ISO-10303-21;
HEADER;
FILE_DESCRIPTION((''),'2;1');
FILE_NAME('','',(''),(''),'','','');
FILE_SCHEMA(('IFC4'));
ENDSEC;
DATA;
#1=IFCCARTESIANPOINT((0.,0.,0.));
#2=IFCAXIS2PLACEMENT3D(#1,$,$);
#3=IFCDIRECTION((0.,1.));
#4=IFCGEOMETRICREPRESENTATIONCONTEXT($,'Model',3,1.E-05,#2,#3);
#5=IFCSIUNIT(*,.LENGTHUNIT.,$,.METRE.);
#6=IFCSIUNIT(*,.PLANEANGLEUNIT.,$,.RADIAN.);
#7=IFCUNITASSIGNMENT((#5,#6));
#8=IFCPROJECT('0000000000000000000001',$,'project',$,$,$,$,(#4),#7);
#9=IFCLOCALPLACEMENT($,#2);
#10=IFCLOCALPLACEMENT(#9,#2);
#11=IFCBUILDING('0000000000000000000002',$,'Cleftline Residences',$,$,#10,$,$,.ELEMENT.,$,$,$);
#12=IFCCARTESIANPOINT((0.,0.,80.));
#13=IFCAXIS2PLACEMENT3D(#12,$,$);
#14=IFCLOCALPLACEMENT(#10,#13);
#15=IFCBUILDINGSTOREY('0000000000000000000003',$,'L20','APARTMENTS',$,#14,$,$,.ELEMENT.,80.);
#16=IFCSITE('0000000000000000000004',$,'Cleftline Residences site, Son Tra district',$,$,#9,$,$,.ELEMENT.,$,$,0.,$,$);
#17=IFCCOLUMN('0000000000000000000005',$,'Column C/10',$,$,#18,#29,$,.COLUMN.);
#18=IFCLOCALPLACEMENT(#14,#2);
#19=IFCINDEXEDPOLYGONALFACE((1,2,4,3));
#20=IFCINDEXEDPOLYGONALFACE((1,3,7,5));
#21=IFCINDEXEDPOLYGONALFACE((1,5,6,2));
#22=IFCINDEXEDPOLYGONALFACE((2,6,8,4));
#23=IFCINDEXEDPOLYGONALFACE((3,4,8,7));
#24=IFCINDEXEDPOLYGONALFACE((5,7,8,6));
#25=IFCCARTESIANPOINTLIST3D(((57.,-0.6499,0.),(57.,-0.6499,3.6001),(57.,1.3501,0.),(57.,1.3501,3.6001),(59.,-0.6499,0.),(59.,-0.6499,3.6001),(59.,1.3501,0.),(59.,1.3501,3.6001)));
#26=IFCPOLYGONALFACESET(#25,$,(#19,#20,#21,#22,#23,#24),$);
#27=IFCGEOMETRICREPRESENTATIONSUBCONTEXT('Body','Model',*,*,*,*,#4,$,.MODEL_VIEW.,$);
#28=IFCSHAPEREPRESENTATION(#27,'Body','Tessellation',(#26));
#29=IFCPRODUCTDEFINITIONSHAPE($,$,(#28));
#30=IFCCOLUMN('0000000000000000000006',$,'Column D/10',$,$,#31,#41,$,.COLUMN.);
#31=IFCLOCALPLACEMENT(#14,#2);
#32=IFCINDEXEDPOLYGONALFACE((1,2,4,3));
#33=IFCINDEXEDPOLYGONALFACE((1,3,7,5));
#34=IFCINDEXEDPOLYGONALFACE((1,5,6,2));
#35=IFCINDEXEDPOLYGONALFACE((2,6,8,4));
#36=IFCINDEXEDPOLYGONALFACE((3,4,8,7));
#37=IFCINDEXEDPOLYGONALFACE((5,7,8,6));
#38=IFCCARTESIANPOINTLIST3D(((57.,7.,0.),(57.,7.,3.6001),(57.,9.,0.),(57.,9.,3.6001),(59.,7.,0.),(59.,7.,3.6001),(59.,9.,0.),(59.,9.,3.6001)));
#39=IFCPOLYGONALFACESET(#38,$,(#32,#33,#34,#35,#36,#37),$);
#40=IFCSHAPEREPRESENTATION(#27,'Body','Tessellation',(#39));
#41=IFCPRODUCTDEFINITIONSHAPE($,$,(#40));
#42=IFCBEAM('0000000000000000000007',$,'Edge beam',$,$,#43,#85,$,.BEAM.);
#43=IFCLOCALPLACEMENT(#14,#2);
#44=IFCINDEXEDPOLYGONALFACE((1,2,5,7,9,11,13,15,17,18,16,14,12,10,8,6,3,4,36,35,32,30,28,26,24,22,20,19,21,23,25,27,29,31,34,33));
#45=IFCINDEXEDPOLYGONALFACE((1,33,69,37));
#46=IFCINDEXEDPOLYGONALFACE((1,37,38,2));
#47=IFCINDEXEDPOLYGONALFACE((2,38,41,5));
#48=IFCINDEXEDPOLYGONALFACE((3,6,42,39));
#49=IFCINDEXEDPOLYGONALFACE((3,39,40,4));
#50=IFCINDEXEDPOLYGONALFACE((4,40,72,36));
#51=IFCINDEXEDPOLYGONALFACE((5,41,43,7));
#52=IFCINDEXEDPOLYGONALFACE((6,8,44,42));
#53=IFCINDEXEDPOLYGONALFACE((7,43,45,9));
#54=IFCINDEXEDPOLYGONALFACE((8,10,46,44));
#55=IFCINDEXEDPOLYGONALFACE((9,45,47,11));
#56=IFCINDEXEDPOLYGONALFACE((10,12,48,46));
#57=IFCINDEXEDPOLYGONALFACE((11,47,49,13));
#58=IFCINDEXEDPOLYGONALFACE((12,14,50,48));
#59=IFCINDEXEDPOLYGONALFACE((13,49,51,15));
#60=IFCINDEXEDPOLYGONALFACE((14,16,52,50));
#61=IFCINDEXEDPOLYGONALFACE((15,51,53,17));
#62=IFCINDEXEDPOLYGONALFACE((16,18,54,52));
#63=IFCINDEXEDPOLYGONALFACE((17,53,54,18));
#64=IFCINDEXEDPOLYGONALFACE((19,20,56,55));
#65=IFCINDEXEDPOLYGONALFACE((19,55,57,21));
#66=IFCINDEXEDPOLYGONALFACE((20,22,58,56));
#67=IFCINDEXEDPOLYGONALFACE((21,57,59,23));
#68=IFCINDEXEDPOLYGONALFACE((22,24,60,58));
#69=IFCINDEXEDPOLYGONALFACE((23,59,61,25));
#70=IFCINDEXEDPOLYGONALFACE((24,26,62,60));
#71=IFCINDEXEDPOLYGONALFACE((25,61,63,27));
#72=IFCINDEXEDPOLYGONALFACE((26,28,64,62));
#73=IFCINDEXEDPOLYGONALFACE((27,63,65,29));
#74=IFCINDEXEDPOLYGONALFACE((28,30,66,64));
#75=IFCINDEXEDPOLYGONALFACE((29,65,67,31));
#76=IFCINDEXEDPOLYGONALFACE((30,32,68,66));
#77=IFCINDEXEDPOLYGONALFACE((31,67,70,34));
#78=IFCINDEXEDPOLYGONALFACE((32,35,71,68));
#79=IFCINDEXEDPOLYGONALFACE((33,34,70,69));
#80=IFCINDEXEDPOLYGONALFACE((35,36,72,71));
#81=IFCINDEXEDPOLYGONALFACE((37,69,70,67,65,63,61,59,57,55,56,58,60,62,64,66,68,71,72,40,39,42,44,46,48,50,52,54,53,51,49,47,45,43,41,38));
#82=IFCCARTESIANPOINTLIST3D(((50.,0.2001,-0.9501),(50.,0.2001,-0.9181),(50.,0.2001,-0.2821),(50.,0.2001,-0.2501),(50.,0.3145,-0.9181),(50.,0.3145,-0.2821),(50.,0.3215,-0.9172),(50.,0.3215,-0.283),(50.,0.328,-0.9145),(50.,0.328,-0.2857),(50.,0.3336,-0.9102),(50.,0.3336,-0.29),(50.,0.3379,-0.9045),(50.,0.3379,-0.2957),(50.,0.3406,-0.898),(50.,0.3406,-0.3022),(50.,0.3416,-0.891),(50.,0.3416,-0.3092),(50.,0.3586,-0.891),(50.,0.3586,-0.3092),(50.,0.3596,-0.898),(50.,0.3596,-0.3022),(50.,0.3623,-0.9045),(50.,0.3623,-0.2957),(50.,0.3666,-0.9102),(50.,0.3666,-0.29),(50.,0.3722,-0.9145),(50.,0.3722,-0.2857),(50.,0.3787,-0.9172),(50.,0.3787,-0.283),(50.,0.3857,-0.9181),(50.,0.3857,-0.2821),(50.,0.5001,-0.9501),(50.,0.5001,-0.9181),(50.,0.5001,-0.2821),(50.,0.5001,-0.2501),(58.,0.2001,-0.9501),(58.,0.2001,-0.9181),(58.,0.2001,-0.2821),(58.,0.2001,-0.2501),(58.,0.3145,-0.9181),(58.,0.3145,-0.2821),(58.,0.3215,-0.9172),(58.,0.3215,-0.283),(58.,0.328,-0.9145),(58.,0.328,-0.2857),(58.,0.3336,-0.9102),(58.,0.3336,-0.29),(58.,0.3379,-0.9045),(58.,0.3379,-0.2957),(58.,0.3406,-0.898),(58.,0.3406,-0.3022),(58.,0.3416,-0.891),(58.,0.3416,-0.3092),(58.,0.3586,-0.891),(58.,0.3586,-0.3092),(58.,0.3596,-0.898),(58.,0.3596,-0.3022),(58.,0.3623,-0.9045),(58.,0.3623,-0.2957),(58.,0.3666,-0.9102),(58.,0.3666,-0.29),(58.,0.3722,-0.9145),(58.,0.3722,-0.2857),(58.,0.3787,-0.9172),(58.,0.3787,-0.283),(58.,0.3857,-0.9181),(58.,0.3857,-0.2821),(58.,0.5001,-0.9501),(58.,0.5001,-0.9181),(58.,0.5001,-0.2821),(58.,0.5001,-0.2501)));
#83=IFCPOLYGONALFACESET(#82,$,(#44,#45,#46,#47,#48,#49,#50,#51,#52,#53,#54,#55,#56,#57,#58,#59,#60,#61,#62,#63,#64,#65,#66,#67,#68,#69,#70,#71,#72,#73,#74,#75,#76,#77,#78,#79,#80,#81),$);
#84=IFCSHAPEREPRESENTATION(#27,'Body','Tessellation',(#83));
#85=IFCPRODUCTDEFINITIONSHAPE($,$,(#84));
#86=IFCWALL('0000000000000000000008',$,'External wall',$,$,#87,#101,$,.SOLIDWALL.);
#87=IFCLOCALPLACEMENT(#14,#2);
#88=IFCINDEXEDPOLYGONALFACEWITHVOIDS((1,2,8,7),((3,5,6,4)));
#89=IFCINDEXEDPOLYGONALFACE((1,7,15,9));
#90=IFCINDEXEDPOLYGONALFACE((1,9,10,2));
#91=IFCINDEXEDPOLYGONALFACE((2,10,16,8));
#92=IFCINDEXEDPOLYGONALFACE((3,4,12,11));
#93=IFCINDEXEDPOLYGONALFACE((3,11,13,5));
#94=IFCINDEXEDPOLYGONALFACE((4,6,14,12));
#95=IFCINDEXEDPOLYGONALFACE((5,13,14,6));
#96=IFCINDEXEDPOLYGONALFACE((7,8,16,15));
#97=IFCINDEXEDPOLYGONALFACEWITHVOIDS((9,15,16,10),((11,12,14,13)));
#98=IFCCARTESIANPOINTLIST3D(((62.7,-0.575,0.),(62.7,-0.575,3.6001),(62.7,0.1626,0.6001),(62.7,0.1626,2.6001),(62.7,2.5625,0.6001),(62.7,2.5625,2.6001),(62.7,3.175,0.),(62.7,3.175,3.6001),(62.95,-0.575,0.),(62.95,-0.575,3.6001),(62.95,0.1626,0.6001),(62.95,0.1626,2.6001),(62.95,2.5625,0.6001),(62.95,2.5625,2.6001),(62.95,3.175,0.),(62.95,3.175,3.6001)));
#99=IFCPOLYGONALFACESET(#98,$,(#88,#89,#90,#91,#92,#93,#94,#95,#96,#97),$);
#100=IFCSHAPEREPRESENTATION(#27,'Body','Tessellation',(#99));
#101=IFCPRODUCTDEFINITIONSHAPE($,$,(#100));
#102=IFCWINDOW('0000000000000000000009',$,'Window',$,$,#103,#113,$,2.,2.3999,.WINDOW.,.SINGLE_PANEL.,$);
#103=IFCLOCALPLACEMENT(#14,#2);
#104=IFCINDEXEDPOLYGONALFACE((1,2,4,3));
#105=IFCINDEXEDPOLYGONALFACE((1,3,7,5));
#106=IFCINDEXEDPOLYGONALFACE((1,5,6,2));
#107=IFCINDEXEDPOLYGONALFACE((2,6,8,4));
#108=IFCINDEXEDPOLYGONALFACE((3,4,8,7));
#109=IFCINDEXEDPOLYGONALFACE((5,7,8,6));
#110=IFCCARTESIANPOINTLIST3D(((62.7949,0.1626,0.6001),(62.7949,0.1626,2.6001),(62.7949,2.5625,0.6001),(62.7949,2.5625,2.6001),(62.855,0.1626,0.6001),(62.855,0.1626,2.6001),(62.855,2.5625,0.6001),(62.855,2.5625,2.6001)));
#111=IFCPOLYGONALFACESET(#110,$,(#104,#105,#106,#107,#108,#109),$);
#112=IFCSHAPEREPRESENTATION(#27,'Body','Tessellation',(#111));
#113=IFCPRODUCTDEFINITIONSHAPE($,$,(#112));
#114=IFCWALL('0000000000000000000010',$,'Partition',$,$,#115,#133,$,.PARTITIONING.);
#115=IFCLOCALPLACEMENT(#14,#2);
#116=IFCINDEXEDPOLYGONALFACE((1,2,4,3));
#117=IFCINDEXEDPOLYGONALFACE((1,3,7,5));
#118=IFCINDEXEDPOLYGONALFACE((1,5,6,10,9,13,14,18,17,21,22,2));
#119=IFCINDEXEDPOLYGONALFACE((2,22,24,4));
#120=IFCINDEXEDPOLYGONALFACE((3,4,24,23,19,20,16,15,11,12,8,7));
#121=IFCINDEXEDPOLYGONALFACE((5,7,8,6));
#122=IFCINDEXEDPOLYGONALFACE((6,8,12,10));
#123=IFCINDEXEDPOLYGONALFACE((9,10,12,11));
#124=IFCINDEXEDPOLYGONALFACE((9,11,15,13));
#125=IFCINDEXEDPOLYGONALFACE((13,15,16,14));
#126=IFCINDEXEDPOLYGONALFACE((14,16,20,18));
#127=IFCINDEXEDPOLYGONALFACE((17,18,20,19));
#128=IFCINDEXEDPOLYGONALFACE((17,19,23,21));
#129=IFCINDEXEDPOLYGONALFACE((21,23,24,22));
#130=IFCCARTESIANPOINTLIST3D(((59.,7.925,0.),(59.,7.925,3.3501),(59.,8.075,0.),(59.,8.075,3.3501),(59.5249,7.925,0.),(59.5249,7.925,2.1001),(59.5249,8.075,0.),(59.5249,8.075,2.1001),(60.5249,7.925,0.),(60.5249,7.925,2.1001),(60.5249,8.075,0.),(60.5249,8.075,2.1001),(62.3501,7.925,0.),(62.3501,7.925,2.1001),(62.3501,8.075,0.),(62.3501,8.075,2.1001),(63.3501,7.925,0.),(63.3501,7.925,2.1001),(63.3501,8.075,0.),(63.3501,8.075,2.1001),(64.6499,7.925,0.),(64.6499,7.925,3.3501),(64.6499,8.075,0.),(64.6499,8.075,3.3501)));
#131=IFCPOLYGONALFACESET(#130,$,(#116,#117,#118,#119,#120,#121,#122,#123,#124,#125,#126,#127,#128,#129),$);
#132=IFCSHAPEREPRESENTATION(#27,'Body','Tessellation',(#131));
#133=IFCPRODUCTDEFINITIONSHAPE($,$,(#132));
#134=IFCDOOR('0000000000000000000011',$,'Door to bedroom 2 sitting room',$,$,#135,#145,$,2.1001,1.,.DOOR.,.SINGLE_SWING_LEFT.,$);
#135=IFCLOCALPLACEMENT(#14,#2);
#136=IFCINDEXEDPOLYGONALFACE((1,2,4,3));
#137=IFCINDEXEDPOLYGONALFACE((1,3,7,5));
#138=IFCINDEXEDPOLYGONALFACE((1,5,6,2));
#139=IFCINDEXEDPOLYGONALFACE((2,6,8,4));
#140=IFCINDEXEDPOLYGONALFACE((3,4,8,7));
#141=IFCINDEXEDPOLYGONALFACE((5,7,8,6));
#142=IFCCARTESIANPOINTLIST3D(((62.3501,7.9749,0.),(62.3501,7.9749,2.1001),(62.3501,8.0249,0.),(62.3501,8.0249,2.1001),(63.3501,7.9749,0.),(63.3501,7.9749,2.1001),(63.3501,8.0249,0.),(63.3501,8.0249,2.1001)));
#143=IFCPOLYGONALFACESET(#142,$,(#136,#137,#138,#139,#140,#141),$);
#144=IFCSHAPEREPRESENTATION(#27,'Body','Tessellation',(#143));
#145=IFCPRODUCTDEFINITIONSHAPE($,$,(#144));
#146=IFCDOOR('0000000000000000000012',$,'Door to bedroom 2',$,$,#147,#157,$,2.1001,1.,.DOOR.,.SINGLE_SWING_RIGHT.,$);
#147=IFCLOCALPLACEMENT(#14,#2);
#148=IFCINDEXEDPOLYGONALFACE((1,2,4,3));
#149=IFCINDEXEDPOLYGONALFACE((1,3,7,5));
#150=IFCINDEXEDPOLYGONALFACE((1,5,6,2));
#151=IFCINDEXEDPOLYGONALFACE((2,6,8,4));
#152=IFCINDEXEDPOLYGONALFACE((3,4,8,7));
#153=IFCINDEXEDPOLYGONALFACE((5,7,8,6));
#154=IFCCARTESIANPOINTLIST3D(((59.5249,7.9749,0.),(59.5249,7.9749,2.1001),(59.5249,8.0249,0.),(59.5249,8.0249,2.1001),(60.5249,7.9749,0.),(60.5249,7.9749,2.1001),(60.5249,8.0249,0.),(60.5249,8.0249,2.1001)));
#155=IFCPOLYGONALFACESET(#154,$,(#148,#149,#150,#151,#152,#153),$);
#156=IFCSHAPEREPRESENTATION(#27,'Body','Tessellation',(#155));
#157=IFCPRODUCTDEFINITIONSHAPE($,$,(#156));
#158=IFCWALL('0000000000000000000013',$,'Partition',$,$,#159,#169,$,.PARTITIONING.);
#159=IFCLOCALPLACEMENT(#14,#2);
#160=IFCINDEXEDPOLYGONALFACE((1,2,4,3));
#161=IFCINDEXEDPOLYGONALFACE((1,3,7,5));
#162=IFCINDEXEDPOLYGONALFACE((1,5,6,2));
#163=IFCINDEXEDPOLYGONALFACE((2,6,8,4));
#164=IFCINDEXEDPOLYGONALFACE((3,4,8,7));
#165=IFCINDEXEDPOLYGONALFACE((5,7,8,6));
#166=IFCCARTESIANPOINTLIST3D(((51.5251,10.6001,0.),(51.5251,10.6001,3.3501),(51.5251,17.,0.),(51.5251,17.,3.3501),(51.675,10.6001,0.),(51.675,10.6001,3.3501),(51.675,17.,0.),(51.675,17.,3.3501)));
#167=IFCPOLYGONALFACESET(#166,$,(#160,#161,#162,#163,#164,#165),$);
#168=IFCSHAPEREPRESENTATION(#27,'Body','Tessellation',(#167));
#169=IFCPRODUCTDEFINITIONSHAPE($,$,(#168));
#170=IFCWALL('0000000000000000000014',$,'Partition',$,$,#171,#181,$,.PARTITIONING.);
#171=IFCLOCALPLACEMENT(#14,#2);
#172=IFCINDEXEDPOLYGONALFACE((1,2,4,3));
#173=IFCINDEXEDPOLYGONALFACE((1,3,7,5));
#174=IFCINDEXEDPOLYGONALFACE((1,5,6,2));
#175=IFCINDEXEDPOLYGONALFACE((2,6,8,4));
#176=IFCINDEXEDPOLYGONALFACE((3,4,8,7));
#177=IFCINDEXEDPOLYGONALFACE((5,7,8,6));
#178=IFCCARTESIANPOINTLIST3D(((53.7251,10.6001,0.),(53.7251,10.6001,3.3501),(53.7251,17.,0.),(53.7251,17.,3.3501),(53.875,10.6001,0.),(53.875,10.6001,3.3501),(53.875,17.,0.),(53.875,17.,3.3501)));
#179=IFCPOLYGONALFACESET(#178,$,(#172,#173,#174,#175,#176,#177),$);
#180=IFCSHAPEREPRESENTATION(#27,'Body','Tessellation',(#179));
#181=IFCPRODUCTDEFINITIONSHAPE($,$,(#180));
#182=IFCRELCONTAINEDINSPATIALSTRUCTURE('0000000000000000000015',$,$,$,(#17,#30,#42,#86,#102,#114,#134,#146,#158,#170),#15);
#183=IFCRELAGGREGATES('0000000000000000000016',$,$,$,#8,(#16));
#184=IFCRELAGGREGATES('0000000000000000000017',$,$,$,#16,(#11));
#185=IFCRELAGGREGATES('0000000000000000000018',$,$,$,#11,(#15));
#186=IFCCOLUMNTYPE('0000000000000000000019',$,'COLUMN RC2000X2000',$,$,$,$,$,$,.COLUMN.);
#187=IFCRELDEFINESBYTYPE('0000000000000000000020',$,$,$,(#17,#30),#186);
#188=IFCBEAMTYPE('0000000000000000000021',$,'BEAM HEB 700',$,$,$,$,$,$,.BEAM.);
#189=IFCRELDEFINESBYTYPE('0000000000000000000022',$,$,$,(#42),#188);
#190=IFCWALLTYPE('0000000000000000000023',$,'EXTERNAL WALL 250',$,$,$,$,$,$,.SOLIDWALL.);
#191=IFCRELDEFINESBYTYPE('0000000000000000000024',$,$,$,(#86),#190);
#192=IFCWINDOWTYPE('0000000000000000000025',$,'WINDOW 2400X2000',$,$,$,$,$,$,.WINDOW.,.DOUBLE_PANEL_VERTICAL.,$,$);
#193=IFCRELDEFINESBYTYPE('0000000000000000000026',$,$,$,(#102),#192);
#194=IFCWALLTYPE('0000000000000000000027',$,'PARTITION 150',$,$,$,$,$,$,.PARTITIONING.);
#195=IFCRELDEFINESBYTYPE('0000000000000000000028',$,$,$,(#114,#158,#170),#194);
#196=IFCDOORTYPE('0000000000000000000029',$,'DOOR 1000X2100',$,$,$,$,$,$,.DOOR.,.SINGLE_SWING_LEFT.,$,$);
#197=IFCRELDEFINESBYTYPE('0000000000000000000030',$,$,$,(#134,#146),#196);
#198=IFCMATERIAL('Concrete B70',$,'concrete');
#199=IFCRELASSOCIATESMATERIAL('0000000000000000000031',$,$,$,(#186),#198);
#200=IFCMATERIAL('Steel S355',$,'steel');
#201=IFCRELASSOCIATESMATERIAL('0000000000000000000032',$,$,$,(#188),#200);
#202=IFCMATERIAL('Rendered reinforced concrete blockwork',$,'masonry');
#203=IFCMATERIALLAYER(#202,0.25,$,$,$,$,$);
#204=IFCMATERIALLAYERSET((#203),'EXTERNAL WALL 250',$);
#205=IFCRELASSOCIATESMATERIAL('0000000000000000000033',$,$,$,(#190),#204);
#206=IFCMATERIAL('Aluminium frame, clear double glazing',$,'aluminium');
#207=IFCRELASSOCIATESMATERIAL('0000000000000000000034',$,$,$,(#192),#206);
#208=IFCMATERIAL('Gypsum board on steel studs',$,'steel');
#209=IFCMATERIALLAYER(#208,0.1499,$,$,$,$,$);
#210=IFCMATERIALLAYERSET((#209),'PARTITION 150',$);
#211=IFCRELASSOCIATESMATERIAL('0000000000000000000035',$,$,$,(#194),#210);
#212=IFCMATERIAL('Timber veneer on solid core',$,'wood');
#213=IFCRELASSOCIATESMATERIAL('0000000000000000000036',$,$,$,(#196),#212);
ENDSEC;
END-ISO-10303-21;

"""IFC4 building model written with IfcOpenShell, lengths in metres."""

from ifc_helpers import new_model, si_unit, direction, frame, frame_2d, origin, origin_2d, place, context, subcontext, project, spatial, rectangle, i_section, extrude, material, layer, layer_set, material_profile, profile_set, type_object, element, fill, save


model = new_model("IFC4")

# Units and contexts
model_context = context("Model", 3, precision=1e-05, world=origin(), true_north=direction((0.0, 1.0)))
body_context = subcontext(model_context, "Body", "Model", "MODEL_VIEW")
ifc_project = project(units=[si_unit("LENGTHUNIT", "METRE"), si_unit("PLANEANGLEUNIT", "RADIAN")], contexts=[model_context])

# Site, building, storey
site_placement = place(None, origin())
site = spatial("IfcSite", under=ifc_project, at=site_placement, Name="Cleftline Residences site, Son Tra district", CompositionType="ELEMENT", RefElevation=0.0)
building_placement = place(site_placement, origin())
building = spatial("IfcBuilding", under=site, at=building_placement, Name="Cleftline Residences", CompositionType="ELEMENT")
storey_placement = place(building_placement, frame((0.0, 0.0, 80.0)))
storey = spatial("IfcBuildingStorey", under=building, at=storey_placement, Name="L20", Description="APARTMENTS", CompositionType="ELEMENT", Elevation=80.0)

# Columns
ifc_material_1 = material(Name="Concrete B70", Category="concrete")
ifc_material_profile_1 = material_profile(ifc_material_1, rectangle(XDim=2.0, YDim=2.0, at=origin_2d()))
ifc_profile_set_1 = profile_set([ifc_material_profile_1], Name="Concrete B70")
column_type = type_object("IfcColumnType", Name="COLUMN RC2000X2000", PredefinedType="COLUMN", material=ifc_profile_set_1)
for number, where, z_axis, x_axis, name in (
    (1, (58.0, 0.3501, 0.0), (0.0, 0.0, 1.0), (1.0, 0.0, 0.0), "Column C/10"),
    (2, (58.0, 8.0, 0.0), (0.0, 0.0, 1.0), (1.0, 0.0, 0.0), "Column D/10"),
):
    element("IfcColumn", number, at=place(storey_placement, frame(where, z_axis=z_axis, x_axis=x_axis)), inside=storey, type_object=column_type, Name=name, PredefinedType="COLUMN", context=body_context, shape_type="SweptSolid", body=[
        extrude(rectangle(XDim=2.0, YDim=2.0, at=origin_2d()), origin(), (0.0, 0.0, 1.0), 3.6001),
    ])

# Beam
ifc_material_2 = material(Name="Steel S355", Category="steel")
ifc_material_profile_2 = material_profile(ifc_material_2, i_section(OverallWidth=0.3, OverallDepth=0.7, WebThickness=0.0171, FlangeThickness=0.032, FilletRadius=0.0271, at=origin_2d()))
ifc_profile_set_2 = profile_set([ifc_material_profile_2], Name="Steel S355")
beam_type = type_object("IfcBeamType", Name="BEAM HEB 700", PredefinedType="BEAM", material=ifc_profile_set_2)
beam_placement = place(storey_placement, frame((58.0, 0.3501, -0.6001), z_axis=(-1.0, 0.0, 0.0), x_axis=(0.0, -1.0, 0.0)))
element("IfcBeam", 3, at=beam_placement, inside=storey, type_object=beam_type, Name="Edge beam", PredefinedType="BEAM", context=body_context, shape_type="SweptSolid", body=[
    extrude(i_section(OverallWidth=0.3, OverallDepth=0.7, WebThickness=0.0171, FlangeThickness=0.032, FilletRadius=0.0271, at=origin_2d()), origin(), (0.0, 0.0, 1.0), 8.0),
])

# Wall, opening, window
ifc_material_3 = material(Name="Rendered reinforced concrete blockwork", Category="masonry")
ifc_layer_1 = layer(ifc_material_3, 0.25)
ifc_layer_set_1 = layer_set([ifc_layer_1], Name="EXTERNAL WALL 250")
wall_type_1 = type_object("IfcWallType", Name="EXTERNAL WALL 250", PredefinedType="SOLIDWALL", material=ifc_layer_set_1)
wall_1_placement = place(storey_placement, frame((62.825, -0.575, 0.0), z_axis=(0.0, 0.0, 1.0), x_axis=(0.0, 1.0, 0.0)))
wall_1 = element("IfcWall", 4, at=wall_1_placement, inside=storey, type_object=wall_type_1, Name="External wall", PredefinedType="SOLIDWALL", context=body_context, shape_type="SweptSolid", body=[
    extrude(rectangle(XDim=3.75, YDim=0.25, at=frame_2d((1.875, 0.0))), origin(), (0.0, 0.0, 1.0), 3.6001),
])
opening_1_placement = place(wall_1_placement, frame((0.7375, 0.0, 0.6001)))
opening_1 = element("IfcOpeningElement", 5, at=opening_1_placement, cuts=wall_1, PredefinedType="OPENING", context=body_context, shape_type="SweptSolid", body=[
    extrude(rectangle(XDim=2.3999, YDim=2.0, at=frame_2d((1.2, 1.0))), frame((0.0, 0.135, 0.0), z_axis=(0.0, -1.0, 0.0), x_axis=(1.0, 0.0, 0.0)), (0.0, 0.0, 1.0), 0.27),
])
ifc_material_4 = material(Name="Aluminium frame, clear double glazing", Category="aluminium")
window_type = type_object("IfcWindowType", Name="WINDOW 2400X2000", PartitioningType="DOUBLE_PANEL_VERTICAL", PredefinedType="WINDOW", material=ifc_material_4)
window_placement = place(opening_1_placement, origin())
window = element("IfcWindow", 6, at=window_placement, inside=storey, type_object=window_type, Name="Window", OverallHeight=2.0, OverallWidth=2.3999, PartitioningType="SINGLE_PANEL", PredefinedType="WINDOW", context=body_context, shape_type="SweptSolid", body=[
    extrude(rectangle(XDim=2.3999, YDim=2.0, at=frame_2d((1.2, 1.0))), frame((0.0, 0.03, 0.0), z_axis=(0.0, -1.0, 0.0), x_axis=(1.0, 0.0, 0.0)), (0.0, 0.0, 1.0), 0.0601),
])
fill(opening_1, window)

# Wall, openings, doors
ifc_material_5 = material(Name="Gypsum board on steel studs", Category="steel")
ifc_layer_2 = layer(ifc_material_5, 0.1499)
ifc_layer_set_2 = layer_set([ifc_layer_2], Name="PARTITION 150")
wall_type_2 = type_object("IfcWallType", Name="PARTITION 150", PredefinedType="PARTITIONING", material=ifc_layer_set_2)
wall_2_placement = place(storey_placement, frame((59.0, 8.0, 0.0), z_axis=(0.0, 0.0, 1.0), x_axis=(1.0, 0.0, 0.0)))
wall_2 = element("IfcWall", 7, at=wall_2_placement, inside=storey, type_object=wall_type_2, Name="Partition", PredefinedType="PARTITIONING", context=body_context, shape_type="SweptSolid", body=[
    extrude(rectangle(XDim=5.6499, YDim=0.1499, at=frame_2d((2.825, 0.0))), origin(), (0.0, 0.0, 1.0), 3.3501),
])
opening_2_placement = place(wall_2_placement, frame((3.3501, 0.0, 0.0)))
opening_2 = element("IfcOpeningElement", 8, at=opening_2_placement, cuts=wall_2, PredefinedType="OPENING", context=body_context, shape_type="SweptSolid", body=[
    extrude(rectangle(XDim=1.0, YDim=2.1001, at=frame_2d((0.5, 1.05))), frame((0.0, 0.085, 0.0), z_axis=(0.0, -1.0, 0.0), x_axis=(1.0, 0.0, 0.0)), (0.0, 0.0, 1.0), 0.1699),
])
opening_3_placement = place(wall_2_placement, frame((0.5249, 0.0, 0.0)))
opening_3 = element("IfcOpeningElement", 9, at=opening_3_placement, cuts=wall_2, PredefinedType="OPENING", context=body_context, shape_type="SweptSolid", body=[
    extrude(rectangle(XDim=1.0, YDim=2.1001, at=frame_2d((0.5, 1.05))), frame((0.0, 0.085, 0.0), z_axis=(0.0, -1.0, 0.0), x_axis=(1.0, 0.0, 0.0)), (0.0, 0.0, 1.0), 0.1699),
])
ifc_material_6 = material(Name="Timber veneer on solid core", Category="wood")
door_type_1 = type_object("IfcDoorType", Name="DOOR 1000X2100", OperationType="SINGLE_SWING_LEFT", PredefinedType="DOOR", material=ifc_material_6)
door_1_placement = place(opening_2_placement, origin())
door_1 = element("IfcDoor", 10, at=door_1_placement, inside=storey, type_object=door_type_1, Name="Door to bedroom 2 sitting room", OperationType="SINGLE_SWING_LEFT", OverallHeight=2.1001, OverallWidth=1.0, PredefinedType="DOOR", context=body_context, shape_type="SweptSolid", body=[
    extrude(rectangle(XDim=1.0, YDim=2.1001, at=frame_2d((0.5, 1.05))), frame((0.0, 0.0249, 0.0), z_axis=(0.0, -1.0, 0.0), x_axis=(1.0, 0.0, 0.0)), (0.0, 0.0, 1.0), 0.05),
])
fill(opening_2, door_1)
door_2_placement = place(opening_3_placement, origin())
door_2 = element("IfcDoor", 11, at=door_2_placement, inside=storey, type_object=door_type_1, Name="Door to bedroom 2", OperationType="SINGLE_SWING_RIGHT", OverallHeight=2.1001, OverallWidth=1.0, PredefinedType="DOOR", context=body_context, shape_type="SweptSolid", body=[
    extrude(rectangle(XDim=1.0, YDim=2.1001, at=frame_2d((0.5, 1.05))), frame((0.0, 0.0249, 0.0), z_axis=(0.0, -1.0, 0.0), x_axis=(1.0, 0.0, 0.0)), (0.0, 0.0, 1.0), 0.05),
])
fill(opening_3, door_2)

# Walls
for number, where, z_axis, x_axis, name in (
    (12, (51.6001, 10.6001, 0.0), (0.0, 0.0, 1.0), (0.0, 1.0, 0.0), "Partition"),
    (13, (53.8, 10.6001, 0.0), (0.0, 0.0, 1.0), (0.0, 1.0, 0.0), "Partition"),
):
    element("IfcWall", number, at=place(storey_placement, frame(where, z_axis=z_axis, x_axis=x_axis)), inside=storey, type_object=wall_type_2, Name=name, PredefinedType="PARTITIONING", context=body_context, shape_type="SweptSolid", body=[
        extrude(rectangle(XDim=6.3999, YDim=0.1499, at=frame_2d((3.2, 0.0))), origin(), (0.0, 0.0, 1.0), 3.3501),
    ])

save(model, "model.ifc")
